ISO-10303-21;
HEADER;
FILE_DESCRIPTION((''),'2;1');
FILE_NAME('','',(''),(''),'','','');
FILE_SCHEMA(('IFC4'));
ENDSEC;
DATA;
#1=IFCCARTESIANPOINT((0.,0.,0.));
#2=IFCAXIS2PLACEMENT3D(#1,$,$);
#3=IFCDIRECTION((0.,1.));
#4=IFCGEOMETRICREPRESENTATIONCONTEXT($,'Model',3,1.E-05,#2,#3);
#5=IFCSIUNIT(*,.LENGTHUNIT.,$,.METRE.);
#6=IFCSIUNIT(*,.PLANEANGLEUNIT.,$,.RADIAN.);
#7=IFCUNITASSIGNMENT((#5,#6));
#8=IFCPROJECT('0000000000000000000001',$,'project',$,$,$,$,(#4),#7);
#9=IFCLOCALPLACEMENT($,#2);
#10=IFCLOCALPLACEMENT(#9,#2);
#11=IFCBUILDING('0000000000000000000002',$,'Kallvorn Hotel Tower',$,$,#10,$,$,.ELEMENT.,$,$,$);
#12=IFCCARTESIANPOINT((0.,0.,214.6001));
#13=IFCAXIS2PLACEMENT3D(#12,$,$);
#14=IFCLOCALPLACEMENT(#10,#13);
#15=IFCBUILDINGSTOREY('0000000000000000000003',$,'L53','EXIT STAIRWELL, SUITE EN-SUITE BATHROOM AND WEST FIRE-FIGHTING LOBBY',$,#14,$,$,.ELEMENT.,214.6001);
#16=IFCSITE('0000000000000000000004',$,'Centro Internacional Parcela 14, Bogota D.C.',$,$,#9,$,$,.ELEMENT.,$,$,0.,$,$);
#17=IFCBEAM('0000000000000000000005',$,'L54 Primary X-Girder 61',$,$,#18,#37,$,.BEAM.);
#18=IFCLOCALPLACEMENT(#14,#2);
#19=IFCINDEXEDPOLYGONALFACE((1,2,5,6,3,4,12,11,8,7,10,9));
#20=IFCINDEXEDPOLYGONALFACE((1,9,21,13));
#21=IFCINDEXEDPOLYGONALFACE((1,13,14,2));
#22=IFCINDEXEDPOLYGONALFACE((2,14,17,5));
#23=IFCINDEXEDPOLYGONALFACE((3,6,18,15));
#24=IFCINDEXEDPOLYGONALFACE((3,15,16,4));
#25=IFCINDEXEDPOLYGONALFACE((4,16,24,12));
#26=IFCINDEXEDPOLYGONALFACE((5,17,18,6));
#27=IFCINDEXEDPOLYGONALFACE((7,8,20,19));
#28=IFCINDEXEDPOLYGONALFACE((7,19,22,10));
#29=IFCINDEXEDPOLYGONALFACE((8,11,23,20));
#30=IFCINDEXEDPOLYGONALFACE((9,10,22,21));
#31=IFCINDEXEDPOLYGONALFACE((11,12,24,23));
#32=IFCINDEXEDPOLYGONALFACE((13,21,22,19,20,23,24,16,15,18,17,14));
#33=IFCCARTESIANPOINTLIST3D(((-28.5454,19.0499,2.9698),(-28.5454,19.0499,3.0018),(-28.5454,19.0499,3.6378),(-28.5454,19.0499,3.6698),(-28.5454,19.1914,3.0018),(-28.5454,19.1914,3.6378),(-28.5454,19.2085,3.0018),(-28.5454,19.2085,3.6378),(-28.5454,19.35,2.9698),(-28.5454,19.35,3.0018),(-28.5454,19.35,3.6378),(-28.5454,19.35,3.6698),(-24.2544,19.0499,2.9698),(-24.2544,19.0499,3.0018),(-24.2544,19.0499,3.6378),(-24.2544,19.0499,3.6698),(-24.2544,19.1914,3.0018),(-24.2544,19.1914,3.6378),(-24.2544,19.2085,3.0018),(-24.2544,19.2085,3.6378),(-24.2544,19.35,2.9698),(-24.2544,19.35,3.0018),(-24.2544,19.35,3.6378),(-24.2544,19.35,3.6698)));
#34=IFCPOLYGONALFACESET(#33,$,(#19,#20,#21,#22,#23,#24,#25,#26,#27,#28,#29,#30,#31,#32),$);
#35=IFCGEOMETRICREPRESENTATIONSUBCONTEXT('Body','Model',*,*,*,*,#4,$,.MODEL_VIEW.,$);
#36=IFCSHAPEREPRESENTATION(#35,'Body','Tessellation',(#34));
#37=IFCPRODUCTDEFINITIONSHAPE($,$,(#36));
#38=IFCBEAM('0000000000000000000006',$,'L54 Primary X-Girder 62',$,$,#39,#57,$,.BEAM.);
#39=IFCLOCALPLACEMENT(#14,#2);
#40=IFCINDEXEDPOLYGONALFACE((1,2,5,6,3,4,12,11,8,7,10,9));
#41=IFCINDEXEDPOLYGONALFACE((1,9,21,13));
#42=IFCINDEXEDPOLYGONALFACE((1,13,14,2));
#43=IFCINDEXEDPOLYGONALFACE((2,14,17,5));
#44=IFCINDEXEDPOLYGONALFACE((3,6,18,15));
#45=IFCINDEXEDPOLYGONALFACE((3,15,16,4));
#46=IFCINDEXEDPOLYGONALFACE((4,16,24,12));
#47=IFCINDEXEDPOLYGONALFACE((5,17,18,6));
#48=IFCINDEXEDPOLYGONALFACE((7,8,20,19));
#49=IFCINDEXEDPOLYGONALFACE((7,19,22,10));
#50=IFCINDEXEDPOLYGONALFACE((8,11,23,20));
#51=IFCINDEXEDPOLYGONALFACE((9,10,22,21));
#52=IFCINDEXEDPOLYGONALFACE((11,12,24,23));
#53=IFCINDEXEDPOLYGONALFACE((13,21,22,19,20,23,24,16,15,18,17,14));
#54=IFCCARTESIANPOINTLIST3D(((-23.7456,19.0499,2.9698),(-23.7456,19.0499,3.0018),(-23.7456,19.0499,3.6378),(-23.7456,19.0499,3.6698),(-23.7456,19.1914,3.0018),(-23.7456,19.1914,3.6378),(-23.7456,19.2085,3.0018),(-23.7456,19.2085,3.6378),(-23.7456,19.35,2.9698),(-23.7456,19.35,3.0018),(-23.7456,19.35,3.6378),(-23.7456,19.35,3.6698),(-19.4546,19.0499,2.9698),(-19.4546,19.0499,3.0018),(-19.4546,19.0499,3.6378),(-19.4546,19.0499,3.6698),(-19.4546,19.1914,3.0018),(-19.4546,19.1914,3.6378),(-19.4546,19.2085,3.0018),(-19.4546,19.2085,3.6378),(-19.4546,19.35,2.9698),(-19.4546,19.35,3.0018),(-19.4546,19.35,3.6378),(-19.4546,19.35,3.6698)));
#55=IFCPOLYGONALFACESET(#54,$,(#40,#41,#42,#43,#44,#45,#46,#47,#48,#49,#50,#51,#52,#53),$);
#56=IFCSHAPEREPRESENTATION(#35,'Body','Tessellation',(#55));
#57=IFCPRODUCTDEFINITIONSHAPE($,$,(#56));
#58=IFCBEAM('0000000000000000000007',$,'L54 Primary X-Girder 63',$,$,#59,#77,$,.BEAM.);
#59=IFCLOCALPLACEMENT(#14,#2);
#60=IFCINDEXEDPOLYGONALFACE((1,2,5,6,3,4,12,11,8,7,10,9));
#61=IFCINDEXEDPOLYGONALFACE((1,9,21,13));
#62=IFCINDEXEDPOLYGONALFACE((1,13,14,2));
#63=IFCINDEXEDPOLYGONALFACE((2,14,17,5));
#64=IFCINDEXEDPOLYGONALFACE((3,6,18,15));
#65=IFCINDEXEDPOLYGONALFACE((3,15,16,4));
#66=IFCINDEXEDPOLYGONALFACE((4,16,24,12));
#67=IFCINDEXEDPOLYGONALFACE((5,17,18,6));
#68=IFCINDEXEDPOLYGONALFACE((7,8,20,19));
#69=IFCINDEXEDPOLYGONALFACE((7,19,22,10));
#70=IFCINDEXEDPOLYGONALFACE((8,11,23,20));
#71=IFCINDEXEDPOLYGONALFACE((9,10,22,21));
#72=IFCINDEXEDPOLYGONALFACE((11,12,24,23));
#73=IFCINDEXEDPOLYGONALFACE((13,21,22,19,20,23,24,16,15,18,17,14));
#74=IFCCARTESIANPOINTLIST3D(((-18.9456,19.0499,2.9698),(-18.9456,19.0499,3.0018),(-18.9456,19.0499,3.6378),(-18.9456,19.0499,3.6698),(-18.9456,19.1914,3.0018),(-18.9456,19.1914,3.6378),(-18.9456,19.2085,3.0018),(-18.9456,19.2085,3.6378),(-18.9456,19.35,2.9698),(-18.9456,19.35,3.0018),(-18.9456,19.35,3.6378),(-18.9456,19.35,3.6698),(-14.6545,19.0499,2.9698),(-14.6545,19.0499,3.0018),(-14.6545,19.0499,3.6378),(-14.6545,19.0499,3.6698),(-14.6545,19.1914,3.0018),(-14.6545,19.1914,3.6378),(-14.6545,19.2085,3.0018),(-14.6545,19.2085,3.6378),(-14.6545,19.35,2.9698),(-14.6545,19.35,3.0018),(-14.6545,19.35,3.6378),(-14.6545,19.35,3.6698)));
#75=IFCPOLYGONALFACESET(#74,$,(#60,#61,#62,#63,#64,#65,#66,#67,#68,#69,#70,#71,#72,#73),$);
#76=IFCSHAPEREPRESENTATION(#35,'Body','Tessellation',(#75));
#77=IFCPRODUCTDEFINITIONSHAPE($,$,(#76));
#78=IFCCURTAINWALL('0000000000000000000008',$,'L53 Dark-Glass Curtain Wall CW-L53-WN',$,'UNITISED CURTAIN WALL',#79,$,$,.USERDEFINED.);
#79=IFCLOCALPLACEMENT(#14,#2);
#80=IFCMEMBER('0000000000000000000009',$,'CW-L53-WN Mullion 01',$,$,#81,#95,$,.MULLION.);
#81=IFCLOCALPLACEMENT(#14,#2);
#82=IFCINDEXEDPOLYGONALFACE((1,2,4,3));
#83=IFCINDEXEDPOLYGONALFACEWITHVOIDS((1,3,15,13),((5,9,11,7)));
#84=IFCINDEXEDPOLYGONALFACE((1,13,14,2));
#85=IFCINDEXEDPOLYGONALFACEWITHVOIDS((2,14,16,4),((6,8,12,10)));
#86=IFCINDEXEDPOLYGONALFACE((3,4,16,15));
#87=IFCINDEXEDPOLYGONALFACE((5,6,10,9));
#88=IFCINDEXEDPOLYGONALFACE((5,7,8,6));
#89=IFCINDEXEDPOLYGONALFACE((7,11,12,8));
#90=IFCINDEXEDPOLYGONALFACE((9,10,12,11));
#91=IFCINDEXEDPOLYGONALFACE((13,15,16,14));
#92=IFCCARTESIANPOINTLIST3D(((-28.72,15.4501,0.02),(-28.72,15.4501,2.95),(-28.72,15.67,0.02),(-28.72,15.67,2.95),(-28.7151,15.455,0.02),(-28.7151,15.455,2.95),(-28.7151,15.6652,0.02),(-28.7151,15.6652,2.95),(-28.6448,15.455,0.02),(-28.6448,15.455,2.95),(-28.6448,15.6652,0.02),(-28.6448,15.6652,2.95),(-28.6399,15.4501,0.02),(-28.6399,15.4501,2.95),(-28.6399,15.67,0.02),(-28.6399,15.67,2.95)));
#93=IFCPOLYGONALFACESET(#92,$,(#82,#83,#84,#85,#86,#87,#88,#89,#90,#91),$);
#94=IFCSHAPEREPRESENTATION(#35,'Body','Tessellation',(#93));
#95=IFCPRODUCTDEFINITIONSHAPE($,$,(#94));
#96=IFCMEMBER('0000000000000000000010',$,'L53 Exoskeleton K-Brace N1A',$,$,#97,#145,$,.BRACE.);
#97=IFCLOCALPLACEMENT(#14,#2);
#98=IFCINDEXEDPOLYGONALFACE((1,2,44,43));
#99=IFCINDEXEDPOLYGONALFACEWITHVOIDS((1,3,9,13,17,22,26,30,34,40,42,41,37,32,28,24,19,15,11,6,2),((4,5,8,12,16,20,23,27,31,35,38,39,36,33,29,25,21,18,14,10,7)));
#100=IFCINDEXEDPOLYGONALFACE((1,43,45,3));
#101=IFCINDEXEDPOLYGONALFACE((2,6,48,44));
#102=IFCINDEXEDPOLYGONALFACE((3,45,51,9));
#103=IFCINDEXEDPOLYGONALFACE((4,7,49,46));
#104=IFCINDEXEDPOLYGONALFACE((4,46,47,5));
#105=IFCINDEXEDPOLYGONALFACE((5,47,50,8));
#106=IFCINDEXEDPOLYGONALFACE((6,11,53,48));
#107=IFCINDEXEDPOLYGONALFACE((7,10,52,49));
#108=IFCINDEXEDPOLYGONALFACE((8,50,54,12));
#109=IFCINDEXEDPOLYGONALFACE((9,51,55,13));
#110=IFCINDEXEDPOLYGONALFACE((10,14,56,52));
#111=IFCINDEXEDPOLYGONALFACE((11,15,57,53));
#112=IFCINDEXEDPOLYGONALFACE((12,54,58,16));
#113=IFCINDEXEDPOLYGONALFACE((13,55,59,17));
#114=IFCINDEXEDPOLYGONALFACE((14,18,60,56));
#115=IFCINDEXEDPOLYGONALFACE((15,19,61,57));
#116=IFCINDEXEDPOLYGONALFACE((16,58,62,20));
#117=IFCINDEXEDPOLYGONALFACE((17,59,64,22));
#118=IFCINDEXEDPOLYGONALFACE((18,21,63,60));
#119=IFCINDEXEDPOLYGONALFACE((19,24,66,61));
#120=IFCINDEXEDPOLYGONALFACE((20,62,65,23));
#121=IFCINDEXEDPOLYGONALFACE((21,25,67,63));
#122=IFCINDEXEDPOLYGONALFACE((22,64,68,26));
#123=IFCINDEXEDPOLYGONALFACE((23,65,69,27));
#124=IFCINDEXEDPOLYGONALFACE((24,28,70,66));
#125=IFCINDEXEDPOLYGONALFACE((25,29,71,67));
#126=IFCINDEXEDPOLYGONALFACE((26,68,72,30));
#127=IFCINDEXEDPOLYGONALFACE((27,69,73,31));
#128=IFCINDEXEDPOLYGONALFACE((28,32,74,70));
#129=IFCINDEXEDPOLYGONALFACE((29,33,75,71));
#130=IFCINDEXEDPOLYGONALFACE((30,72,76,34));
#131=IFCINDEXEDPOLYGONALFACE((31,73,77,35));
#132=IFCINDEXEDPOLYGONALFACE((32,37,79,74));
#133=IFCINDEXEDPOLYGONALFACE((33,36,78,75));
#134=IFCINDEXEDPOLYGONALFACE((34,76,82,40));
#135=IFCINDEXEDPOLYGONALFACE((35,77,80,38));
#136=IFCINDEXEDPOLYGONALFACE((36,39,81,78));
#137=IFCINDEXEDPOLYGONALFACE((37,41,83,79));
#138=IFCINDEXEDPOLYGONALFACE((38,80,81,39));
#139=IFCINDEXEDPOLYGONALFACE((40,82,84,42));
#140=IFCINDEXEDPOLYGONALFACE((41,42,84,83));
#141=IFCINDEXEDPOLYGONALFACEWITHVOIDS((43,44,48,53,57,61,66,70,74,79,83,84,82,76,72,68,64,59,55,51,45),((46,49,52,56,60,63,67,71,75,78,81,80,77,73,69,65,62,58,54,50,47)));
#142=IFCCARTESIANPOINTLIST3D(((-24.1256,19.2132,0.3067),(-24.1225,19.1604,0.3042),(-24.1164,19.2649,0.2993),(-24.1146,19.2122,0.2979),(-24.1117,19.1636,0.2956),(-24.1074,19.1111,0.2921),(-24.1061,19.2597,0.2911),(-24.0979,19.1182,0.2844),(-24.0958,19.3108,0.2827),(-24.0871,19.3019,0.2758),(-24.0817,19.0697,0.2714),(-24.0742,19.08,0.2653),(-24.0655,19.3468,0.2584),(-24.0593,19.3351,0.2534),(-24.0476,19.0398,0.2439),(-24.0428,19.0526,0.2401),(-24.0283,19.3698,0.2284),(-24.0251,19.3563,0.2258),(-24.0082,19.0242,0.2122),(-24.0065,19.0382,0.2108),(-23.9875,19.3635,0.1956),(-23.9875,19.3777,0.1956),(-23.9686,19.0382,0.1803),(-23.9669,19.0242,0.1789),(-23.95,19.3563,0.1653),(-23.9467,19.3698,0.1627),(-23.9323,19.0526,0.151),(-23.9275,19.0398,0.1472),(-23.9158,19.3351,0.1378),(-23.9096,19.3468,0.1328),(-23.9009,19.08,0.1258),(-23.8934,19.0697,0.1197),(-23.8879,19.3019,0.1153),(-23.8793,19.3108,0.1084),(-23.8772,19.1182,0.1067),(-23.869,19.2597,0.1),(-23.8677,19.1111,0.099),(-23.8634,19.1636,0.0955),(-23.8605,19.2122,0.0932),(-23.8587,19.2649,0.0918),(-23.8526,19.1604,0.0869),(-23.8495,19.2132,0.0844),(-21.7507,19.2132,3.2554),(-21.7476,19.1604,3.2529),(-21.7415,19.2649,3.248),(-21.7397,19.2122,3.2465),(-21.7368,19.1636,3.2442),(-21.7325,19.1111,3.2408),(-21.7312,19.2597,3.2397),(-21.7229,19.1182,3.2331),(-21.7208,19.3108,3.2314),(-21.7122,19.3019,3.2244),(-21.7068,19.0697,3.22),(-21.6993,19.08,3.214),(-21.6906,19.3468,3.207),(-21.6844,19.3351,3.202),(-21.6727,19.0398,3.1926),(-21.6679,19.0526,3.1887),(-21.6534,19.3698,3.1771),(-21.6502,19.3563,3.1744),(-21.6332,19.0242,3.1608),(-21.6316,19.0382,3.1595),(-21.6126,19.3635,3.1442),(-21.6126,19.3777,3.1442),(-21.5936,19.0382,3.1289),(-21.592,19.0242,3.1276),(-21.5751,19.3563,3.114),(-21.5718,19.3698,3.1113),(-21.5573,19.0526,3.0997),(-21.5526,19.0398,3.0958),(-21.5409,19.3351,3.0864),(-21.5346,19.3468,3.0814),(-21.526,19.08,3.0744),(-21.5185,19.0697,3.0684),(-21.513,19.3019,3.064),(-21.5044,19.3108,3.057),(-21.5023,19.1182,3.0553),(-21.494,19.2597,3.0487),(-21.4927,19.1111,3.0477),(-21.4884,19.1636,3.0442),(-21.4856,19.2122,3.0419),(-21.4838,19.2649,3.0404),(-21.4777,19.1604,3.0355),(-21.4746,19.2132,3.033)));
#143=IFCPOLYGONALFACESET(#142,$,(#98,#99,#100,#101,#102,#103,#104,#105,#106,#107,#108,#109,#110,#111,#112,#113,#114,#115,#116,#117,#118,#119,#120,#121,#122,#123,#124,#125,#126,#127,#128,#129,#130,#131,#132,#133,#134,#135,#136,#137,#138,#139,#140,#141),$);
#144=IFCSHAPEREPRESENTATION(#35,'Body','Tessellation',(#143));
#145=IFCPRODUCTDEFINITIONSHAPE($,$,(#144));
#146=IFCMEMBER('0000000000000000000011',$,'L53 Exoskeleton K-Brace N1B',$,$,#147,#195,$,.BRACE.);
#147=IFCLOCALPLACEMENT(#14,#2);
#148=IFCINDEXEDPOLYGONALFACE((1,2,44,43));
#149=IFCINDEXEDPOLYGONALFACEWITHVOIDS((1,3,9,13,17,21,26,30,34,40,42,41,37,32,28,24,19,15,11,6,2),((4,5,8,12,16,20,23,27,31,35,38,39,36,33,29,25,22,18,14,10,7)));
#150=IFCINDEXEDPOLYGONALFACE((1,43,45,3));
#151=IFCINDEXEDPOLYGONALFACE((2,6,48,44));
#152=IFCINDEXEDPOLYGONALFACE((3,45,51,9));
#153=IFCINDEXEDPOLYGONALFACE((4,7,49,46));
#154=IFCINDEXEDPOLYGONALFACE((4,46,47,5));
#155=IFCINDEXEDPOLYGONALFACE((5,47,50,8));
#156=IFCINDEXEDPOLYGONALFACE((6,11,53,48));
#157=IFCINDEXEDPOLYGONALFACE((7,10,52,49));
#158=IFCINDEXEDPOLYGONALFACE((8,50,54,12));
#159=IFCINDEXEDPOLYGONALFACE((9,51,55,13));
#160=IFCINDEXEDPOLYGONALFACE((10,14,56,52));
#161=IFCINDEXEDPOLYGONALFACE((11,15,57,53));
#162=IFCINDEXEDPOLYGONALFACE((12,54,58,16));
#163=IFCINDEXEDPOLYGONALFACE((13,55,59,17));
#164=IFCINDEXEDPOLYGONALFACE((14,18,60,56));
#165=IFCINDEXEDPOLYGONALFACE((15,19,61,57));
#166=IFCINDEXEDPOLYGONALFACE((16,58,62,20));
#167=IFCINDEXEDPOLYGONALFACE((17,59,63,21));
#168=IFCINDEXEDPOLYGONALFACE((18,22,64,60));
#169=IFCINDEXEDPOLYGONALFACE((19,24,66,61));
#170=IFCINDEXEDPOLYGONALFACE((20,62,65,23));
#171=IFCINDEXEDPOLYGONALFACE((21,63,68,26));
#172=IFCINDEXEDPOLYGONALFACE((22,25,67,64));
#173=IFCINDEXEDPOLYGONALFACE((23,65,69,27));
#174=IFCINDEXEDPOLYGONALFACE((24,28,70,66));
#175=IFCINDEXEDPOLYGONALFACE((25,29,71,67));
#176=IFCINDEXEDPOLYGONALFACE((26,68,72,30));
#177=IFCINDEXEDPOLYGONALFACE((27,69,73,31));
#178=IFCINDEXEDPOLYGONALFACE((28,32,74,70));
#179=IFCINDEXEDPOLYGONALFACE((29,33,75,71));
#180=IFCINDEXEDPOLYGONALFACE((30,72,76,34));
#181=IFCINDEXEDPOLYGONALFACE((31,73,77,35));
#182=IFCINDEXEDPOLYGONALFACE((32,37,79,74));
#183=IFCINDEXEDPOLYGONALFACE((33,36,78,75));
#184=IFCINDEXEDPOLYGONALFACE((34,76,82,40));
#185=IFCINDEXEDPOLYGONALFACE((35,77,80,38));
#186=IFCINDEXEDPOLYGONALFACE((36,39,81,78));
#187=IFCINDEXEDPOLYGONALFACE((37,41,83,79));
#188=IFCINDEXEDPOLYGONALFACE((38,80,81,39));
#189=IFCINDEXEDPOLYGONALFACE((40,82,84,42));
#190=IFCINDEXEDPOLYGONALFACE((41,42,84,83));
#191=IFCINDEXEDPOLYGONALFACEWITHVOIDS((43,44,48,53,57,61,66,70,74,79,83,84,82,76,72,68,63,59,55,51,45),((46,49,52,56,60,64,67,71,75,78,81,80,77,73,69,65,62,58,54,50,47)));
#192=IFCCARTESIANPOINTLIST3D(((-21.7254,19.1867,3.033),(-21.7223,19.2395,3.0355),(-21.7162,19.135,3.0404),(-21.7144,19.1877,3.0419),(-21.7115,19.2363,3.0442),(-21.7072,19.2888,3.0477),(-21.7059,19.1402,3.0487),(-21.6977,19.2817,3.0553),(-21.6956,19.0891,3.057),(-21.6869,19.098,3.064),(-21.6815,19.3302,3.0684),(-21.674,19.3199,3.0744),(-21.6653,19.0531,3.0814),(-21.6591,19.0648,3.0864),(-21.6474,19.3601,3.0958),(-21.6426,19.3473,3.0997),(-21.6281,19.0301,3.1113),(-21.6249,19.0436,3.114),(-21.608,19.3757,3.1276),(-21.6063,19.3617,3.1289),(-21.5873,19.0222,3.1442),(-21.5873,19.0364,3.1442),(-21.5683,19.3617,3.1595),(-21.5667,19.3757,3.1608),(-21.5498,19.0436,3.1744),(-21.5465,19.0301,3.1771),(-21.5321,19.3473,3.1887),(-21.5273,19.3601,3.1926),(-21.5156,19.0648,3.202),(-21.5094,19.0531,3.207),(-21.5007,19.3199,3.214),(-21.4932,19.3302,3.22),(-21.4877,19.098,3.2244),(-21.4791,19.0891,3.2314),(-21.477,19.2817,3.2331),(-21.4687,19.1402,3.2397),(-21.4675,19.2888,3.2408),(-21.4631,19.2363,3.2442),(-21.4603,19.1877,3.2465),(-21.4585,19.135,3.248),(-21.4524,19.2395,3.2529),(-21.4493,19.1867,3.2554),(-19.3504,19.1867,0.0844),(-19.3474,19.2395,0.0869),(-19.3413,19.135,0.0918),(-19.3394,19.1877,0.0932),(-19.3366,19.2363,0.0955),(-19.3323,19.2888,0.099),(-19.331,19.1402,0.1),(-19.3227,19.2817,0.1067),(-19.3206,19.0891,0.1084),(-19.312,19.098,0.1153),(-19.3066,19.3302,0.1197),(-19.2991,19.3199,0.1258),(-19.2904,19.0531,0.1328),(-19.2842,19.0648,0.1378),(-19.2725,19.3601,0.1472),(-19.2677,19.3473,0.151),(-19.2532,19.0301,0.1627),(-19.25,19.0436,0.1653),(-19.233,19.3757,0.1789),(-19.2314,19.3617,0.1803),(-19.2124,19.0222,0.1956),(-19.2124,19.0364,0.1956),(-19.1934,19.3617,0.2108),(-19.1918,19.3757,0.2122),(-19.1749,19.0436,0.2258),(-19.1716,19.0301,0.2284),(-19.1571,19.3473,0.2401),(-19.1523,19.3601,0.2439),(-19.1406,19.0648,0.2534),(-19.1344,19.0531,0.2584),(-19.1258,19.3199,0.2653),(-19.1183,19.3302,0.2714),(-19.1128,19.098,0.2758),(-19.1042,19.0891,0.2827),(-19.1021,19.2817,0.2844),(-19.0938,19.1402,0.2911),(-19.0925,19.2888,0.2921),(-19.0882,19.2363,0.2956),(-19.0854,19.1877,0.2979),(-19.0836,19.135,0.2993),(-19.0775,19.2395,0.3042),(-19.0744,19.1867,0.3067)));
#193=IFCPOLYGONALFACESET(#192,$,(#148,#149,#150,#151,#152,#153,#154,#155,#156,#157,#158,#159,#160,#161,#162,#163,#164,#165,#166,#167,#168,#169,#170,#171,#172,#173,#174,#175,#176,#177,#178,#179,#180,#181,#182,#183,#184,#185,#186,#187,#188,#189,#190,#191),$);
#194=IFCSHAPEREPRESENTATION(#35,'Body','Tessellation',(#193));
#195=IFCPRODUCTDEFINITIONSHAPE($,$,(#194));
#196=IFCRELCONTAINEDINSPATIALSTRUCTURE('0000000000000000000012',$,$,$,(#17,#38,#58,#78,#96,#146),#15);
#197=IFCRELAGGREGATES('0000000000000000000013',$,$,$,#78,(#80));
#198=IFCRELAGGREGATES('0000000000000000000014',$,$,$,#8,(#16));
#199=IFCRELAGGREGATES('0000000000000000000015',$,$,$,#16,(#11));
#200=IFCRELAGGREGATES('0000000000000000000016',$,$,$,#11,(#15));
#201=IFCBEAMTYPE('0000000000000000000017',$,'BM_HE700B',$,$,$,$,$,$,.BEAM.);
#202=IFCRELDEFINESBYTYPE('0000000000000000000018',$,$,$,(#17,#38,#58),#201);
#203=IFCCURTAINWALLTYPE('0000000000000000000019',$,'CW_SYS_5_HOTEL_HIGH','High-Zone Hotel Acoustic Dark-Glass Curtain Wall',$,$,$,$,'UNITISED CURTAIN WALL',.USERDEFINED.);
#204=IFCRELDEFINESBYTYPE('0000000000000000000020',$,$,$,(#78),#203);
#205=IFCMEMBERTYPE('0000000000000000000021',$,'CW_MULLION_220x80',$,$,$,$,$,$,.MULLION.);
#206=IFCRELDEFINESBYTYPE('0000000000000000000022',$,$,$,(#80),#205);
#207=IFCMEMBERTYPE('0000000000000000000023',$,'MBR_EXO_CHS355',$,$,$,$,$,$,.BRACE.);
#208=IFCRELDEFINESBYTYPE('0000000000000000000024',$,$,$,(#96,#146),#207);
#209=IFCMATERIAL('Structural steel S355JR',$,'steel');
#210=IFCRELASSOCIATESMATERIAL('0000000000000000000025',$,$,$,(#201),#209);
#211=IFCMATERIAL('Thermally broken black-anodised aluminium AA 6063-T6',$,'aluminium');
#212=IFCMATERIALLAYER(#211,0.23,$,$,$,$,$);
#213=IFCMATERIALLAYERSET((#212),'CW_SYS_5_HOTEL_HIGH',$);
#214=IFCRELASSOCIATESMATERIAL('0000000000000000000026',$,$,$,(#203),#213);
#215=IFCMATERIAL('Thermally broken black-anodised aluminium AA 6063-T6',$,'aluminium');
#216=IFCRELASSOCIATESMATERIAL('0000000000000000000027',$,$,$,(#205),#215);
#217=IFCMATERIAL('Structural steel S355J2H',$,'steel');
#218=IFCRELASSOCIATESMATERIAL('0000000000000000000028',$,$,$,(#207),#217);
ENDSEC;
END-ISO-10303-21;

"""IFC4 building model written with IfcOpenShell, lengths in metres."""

from ifc_helpers import new_model, si_unit, direction, frame, origin, origin_2d, place, context, subcontext, project, spatial, hollow_rectangle, hollow_circle, i_section, extrude, material, layer, layer_set, material_profile, profile_set, type_object, element, aggregate, save


model = new_model("IFC4")

# Units and contexts
model_context = context("Model", 3, precision=1e-05, world=origin(), true_north=direction((0.0, 1.0)))
body_context = subcontext(model_context, "Body", "Model", "MODEL_VIEW")
ifc_project = project(units=[si_unit("LENGTHUNIT", "METRE"), si_unit("PLANEANGLEUNIT", "RADIAN")], contexts=[model_context])

# Site, building, storey
site_placement = place(None, origin())
site = spatial("IfcSite", under=ifc_project, at=site_placement, Name="Centro Internacional Parcela 14, Bogota D.C.", CompositionType="ELEMENT", RefElevation=0.0)
building_placement = place(site_placement, origin())
building = spatial("IfcBuilding", under=site, at=building_placement, Name="Kallvorn Hotel Tower", CompositionType="ELEMENT")
storey_placement = place(building_placement, frame((0.0, 0.0, 214.6001)))
storey = spatial("IfcBuildingStorey", under=building, at=storey_placement, Name="L53", Description="EXIT STAIRWELL, SUITE EN-SUITE BATHROOM AND WEST FIRE-FIGHTING LOBBY", CompositionType="ELEMENT", Elevation=214.6001)

# Beams
ifc_material_1 = material(Name="Structural steel S355JR", Category="steel")
ifc_material_profile_1 = material_profile(ifc_material_1, i_section(OverallWidth=0.3, OverallDepth=0.7, WebThickness=0.0171, FlangeThickness=0.032, at=origin_2d()), Name="HE 700 B")
ifc_profile_set_1 = profile_set([ifc_material_profile_1], Name="Structural steel S355JR")
beam_type_1 = type_object("IfcBeamType", Name="BM_HE700B", PredefinedType="BEAM", material=ifc_profile_set_1)
for number, where, z_axis, x_axis, name in (
    (1, (-28.5454, 19.2, 3.3198), (1.0, 0.0, 0.0), (0.0, 1.0, 0.0), "L54 Primary X-Girder 61"),
    (2, (-23.7456, 19.2, 3.3198), (1.0, 0.0, 0.0), (0.0, 1.0, 0.0), "L54 Primary X-Girder 62"),
    (3, (-18.9456, 19.2, 3.3198), (1.0, 0.0, 0.0), (0.0, 1.0, 0.0), "L54 Primary X-Girder 63"),
):
    element("IfcBeam", number, at=place(storey_placement, frame(where, z_axis=z_axis, x_axis=x_axis)), inside=storey, type_object=beam_type_1, Name=name, PredefinedType="BEAM", context=body_context, shape_type="SweptSolid", body=[
        extrude(i_section(OverallWidth=0.3, OverallDepth=0.7, WebThickness=0.0171, FlangeThickness=0.032, at=origin_2d()), origin(), (0.0, 0.0, 1.0), 4.291),
    ])

# Curtain wall, member
ifc_material_2 = material(Name="Thermally broken black-anodised aluminium AA 6063-T6", Category="aluminium")
ifc_layer_1 = layer(ifc_material_2, 0.23)
ifc_layer_set_1 = layer_set([ifc_layer_1], Name="CW_SYS_5_HOTEL_HIGH")
curtain_wall_type = type_object("IfcCurtainWallType", Name="CW_SYS_5_HOTEL_HIGH", Description="High-Zone Hotel Acoustic Dark-Glass Curtain Wall", ElementType="UNITISED CURTAIN WALL", PredefinedType="USERDEFINED", material=ifc_layer_set_1)
curtain_wall_placement = place(storey_placement, origin())
curtain_wall = element("IfcCurtainWall", 4, at=curtain_wall_placement, inside=storey, type_object=curtain_wall_type, Name="L53 Dark-Glass Curtain Wall CW-L53-WN", ObjectType="UNITISED CURTAIN WALL", PredefinedType="USERDEFINED")
ifc_material_3 = material(Name="Thermally broken black-anodised aluminium AA 6063-T6", Category="aluminium")
ifc_material_profile_2 = material_profile(ifc_material_3, hollow_rectangle(XDim=0.0801, YDim=0.22, WallThickness=0.0049, at=origin_2d()), Name="MUL 220x80")
ifc_profile_set_2 = profile_set([ifc_material_profile_2], Name="Thermally broken black-anodised aluminium AA 6063-T6")
member_type_1 = type_object("IfcMemberType", Name="CW_MULLION_220x80", PredefinedType="MULLION", material=ifc_profile_set_2)
member_placement = place(storey_placement, frame((-28.6799, 15.5601, 0.02), z_axis=(0.0, 0.0, 1.0), x_axis=(1.0, 0.0, 0.0)))
member = element("IfcMember", 5, at=member_placement, type_object=member_type_1, Name="CW-L53-WN Mullion 01", PredefinedType="MULLION", context=body_context, shape_type="SweptSolid", body=[
    extrude(hollow_rectangle(XDim=0.0801, YDim=0.22, WallThickness=0.0049, at=origin_2d()), origin(), (0.0, 0.0, 1.0), 2.9299),
])
aggregate(curtain_wall, [member])

# Members
ifc_material_4 = material(Name="Structural steel S355J2H", Category="steel")
ifc_material_profile_3 = material_profile(ifc_material_4, hollow_circle(Radius=0.1777, WallThickness=0.0142, at=origin_2d()), Name="CHS 355.6x14.2")
ifc_profile_set_3 = profile_set([ifc_material_profile_3], Name="Structural steel S355J2H")
member_type_2 = type_object("IfcMemberType", Name="MBR_EXO_CHS355", PredefinedType="BRACE", material=ifc_profile_set_3)
for number, where, z_axis, x_axis, name in (
    (6, (-23.9875, 19.2, 0.1956), (0.627271, 0.0, 0.778801), (0.0, 1.0, 0.0), "L53 Exoskeleton K-Brace N1A"),
    (7, (-19.2124, 19.2, 0.1956), (-0.627271, 0.0, 0.778801), (0.0, -1.0, 0.0), "L53 Exoskeleton K-Brace N1B"),
):
    element("IfcMember", number, at=place(storey_placement, frame(where, z_axis=z_axis, x_axis=x_axis)), inside=storey, type_object=member_type_2, Name=name, PredefinedType="BRACE", context=body_context, shape_type="SweptSolid", body=[
        extrude(hollow_circle(Radius=0.1777, WallThickness=0.0142, at=origin_2d()), origin(), (0.0, 0.0, 1.0), 3.7861),
    ])

save(model, "model.ifc")
